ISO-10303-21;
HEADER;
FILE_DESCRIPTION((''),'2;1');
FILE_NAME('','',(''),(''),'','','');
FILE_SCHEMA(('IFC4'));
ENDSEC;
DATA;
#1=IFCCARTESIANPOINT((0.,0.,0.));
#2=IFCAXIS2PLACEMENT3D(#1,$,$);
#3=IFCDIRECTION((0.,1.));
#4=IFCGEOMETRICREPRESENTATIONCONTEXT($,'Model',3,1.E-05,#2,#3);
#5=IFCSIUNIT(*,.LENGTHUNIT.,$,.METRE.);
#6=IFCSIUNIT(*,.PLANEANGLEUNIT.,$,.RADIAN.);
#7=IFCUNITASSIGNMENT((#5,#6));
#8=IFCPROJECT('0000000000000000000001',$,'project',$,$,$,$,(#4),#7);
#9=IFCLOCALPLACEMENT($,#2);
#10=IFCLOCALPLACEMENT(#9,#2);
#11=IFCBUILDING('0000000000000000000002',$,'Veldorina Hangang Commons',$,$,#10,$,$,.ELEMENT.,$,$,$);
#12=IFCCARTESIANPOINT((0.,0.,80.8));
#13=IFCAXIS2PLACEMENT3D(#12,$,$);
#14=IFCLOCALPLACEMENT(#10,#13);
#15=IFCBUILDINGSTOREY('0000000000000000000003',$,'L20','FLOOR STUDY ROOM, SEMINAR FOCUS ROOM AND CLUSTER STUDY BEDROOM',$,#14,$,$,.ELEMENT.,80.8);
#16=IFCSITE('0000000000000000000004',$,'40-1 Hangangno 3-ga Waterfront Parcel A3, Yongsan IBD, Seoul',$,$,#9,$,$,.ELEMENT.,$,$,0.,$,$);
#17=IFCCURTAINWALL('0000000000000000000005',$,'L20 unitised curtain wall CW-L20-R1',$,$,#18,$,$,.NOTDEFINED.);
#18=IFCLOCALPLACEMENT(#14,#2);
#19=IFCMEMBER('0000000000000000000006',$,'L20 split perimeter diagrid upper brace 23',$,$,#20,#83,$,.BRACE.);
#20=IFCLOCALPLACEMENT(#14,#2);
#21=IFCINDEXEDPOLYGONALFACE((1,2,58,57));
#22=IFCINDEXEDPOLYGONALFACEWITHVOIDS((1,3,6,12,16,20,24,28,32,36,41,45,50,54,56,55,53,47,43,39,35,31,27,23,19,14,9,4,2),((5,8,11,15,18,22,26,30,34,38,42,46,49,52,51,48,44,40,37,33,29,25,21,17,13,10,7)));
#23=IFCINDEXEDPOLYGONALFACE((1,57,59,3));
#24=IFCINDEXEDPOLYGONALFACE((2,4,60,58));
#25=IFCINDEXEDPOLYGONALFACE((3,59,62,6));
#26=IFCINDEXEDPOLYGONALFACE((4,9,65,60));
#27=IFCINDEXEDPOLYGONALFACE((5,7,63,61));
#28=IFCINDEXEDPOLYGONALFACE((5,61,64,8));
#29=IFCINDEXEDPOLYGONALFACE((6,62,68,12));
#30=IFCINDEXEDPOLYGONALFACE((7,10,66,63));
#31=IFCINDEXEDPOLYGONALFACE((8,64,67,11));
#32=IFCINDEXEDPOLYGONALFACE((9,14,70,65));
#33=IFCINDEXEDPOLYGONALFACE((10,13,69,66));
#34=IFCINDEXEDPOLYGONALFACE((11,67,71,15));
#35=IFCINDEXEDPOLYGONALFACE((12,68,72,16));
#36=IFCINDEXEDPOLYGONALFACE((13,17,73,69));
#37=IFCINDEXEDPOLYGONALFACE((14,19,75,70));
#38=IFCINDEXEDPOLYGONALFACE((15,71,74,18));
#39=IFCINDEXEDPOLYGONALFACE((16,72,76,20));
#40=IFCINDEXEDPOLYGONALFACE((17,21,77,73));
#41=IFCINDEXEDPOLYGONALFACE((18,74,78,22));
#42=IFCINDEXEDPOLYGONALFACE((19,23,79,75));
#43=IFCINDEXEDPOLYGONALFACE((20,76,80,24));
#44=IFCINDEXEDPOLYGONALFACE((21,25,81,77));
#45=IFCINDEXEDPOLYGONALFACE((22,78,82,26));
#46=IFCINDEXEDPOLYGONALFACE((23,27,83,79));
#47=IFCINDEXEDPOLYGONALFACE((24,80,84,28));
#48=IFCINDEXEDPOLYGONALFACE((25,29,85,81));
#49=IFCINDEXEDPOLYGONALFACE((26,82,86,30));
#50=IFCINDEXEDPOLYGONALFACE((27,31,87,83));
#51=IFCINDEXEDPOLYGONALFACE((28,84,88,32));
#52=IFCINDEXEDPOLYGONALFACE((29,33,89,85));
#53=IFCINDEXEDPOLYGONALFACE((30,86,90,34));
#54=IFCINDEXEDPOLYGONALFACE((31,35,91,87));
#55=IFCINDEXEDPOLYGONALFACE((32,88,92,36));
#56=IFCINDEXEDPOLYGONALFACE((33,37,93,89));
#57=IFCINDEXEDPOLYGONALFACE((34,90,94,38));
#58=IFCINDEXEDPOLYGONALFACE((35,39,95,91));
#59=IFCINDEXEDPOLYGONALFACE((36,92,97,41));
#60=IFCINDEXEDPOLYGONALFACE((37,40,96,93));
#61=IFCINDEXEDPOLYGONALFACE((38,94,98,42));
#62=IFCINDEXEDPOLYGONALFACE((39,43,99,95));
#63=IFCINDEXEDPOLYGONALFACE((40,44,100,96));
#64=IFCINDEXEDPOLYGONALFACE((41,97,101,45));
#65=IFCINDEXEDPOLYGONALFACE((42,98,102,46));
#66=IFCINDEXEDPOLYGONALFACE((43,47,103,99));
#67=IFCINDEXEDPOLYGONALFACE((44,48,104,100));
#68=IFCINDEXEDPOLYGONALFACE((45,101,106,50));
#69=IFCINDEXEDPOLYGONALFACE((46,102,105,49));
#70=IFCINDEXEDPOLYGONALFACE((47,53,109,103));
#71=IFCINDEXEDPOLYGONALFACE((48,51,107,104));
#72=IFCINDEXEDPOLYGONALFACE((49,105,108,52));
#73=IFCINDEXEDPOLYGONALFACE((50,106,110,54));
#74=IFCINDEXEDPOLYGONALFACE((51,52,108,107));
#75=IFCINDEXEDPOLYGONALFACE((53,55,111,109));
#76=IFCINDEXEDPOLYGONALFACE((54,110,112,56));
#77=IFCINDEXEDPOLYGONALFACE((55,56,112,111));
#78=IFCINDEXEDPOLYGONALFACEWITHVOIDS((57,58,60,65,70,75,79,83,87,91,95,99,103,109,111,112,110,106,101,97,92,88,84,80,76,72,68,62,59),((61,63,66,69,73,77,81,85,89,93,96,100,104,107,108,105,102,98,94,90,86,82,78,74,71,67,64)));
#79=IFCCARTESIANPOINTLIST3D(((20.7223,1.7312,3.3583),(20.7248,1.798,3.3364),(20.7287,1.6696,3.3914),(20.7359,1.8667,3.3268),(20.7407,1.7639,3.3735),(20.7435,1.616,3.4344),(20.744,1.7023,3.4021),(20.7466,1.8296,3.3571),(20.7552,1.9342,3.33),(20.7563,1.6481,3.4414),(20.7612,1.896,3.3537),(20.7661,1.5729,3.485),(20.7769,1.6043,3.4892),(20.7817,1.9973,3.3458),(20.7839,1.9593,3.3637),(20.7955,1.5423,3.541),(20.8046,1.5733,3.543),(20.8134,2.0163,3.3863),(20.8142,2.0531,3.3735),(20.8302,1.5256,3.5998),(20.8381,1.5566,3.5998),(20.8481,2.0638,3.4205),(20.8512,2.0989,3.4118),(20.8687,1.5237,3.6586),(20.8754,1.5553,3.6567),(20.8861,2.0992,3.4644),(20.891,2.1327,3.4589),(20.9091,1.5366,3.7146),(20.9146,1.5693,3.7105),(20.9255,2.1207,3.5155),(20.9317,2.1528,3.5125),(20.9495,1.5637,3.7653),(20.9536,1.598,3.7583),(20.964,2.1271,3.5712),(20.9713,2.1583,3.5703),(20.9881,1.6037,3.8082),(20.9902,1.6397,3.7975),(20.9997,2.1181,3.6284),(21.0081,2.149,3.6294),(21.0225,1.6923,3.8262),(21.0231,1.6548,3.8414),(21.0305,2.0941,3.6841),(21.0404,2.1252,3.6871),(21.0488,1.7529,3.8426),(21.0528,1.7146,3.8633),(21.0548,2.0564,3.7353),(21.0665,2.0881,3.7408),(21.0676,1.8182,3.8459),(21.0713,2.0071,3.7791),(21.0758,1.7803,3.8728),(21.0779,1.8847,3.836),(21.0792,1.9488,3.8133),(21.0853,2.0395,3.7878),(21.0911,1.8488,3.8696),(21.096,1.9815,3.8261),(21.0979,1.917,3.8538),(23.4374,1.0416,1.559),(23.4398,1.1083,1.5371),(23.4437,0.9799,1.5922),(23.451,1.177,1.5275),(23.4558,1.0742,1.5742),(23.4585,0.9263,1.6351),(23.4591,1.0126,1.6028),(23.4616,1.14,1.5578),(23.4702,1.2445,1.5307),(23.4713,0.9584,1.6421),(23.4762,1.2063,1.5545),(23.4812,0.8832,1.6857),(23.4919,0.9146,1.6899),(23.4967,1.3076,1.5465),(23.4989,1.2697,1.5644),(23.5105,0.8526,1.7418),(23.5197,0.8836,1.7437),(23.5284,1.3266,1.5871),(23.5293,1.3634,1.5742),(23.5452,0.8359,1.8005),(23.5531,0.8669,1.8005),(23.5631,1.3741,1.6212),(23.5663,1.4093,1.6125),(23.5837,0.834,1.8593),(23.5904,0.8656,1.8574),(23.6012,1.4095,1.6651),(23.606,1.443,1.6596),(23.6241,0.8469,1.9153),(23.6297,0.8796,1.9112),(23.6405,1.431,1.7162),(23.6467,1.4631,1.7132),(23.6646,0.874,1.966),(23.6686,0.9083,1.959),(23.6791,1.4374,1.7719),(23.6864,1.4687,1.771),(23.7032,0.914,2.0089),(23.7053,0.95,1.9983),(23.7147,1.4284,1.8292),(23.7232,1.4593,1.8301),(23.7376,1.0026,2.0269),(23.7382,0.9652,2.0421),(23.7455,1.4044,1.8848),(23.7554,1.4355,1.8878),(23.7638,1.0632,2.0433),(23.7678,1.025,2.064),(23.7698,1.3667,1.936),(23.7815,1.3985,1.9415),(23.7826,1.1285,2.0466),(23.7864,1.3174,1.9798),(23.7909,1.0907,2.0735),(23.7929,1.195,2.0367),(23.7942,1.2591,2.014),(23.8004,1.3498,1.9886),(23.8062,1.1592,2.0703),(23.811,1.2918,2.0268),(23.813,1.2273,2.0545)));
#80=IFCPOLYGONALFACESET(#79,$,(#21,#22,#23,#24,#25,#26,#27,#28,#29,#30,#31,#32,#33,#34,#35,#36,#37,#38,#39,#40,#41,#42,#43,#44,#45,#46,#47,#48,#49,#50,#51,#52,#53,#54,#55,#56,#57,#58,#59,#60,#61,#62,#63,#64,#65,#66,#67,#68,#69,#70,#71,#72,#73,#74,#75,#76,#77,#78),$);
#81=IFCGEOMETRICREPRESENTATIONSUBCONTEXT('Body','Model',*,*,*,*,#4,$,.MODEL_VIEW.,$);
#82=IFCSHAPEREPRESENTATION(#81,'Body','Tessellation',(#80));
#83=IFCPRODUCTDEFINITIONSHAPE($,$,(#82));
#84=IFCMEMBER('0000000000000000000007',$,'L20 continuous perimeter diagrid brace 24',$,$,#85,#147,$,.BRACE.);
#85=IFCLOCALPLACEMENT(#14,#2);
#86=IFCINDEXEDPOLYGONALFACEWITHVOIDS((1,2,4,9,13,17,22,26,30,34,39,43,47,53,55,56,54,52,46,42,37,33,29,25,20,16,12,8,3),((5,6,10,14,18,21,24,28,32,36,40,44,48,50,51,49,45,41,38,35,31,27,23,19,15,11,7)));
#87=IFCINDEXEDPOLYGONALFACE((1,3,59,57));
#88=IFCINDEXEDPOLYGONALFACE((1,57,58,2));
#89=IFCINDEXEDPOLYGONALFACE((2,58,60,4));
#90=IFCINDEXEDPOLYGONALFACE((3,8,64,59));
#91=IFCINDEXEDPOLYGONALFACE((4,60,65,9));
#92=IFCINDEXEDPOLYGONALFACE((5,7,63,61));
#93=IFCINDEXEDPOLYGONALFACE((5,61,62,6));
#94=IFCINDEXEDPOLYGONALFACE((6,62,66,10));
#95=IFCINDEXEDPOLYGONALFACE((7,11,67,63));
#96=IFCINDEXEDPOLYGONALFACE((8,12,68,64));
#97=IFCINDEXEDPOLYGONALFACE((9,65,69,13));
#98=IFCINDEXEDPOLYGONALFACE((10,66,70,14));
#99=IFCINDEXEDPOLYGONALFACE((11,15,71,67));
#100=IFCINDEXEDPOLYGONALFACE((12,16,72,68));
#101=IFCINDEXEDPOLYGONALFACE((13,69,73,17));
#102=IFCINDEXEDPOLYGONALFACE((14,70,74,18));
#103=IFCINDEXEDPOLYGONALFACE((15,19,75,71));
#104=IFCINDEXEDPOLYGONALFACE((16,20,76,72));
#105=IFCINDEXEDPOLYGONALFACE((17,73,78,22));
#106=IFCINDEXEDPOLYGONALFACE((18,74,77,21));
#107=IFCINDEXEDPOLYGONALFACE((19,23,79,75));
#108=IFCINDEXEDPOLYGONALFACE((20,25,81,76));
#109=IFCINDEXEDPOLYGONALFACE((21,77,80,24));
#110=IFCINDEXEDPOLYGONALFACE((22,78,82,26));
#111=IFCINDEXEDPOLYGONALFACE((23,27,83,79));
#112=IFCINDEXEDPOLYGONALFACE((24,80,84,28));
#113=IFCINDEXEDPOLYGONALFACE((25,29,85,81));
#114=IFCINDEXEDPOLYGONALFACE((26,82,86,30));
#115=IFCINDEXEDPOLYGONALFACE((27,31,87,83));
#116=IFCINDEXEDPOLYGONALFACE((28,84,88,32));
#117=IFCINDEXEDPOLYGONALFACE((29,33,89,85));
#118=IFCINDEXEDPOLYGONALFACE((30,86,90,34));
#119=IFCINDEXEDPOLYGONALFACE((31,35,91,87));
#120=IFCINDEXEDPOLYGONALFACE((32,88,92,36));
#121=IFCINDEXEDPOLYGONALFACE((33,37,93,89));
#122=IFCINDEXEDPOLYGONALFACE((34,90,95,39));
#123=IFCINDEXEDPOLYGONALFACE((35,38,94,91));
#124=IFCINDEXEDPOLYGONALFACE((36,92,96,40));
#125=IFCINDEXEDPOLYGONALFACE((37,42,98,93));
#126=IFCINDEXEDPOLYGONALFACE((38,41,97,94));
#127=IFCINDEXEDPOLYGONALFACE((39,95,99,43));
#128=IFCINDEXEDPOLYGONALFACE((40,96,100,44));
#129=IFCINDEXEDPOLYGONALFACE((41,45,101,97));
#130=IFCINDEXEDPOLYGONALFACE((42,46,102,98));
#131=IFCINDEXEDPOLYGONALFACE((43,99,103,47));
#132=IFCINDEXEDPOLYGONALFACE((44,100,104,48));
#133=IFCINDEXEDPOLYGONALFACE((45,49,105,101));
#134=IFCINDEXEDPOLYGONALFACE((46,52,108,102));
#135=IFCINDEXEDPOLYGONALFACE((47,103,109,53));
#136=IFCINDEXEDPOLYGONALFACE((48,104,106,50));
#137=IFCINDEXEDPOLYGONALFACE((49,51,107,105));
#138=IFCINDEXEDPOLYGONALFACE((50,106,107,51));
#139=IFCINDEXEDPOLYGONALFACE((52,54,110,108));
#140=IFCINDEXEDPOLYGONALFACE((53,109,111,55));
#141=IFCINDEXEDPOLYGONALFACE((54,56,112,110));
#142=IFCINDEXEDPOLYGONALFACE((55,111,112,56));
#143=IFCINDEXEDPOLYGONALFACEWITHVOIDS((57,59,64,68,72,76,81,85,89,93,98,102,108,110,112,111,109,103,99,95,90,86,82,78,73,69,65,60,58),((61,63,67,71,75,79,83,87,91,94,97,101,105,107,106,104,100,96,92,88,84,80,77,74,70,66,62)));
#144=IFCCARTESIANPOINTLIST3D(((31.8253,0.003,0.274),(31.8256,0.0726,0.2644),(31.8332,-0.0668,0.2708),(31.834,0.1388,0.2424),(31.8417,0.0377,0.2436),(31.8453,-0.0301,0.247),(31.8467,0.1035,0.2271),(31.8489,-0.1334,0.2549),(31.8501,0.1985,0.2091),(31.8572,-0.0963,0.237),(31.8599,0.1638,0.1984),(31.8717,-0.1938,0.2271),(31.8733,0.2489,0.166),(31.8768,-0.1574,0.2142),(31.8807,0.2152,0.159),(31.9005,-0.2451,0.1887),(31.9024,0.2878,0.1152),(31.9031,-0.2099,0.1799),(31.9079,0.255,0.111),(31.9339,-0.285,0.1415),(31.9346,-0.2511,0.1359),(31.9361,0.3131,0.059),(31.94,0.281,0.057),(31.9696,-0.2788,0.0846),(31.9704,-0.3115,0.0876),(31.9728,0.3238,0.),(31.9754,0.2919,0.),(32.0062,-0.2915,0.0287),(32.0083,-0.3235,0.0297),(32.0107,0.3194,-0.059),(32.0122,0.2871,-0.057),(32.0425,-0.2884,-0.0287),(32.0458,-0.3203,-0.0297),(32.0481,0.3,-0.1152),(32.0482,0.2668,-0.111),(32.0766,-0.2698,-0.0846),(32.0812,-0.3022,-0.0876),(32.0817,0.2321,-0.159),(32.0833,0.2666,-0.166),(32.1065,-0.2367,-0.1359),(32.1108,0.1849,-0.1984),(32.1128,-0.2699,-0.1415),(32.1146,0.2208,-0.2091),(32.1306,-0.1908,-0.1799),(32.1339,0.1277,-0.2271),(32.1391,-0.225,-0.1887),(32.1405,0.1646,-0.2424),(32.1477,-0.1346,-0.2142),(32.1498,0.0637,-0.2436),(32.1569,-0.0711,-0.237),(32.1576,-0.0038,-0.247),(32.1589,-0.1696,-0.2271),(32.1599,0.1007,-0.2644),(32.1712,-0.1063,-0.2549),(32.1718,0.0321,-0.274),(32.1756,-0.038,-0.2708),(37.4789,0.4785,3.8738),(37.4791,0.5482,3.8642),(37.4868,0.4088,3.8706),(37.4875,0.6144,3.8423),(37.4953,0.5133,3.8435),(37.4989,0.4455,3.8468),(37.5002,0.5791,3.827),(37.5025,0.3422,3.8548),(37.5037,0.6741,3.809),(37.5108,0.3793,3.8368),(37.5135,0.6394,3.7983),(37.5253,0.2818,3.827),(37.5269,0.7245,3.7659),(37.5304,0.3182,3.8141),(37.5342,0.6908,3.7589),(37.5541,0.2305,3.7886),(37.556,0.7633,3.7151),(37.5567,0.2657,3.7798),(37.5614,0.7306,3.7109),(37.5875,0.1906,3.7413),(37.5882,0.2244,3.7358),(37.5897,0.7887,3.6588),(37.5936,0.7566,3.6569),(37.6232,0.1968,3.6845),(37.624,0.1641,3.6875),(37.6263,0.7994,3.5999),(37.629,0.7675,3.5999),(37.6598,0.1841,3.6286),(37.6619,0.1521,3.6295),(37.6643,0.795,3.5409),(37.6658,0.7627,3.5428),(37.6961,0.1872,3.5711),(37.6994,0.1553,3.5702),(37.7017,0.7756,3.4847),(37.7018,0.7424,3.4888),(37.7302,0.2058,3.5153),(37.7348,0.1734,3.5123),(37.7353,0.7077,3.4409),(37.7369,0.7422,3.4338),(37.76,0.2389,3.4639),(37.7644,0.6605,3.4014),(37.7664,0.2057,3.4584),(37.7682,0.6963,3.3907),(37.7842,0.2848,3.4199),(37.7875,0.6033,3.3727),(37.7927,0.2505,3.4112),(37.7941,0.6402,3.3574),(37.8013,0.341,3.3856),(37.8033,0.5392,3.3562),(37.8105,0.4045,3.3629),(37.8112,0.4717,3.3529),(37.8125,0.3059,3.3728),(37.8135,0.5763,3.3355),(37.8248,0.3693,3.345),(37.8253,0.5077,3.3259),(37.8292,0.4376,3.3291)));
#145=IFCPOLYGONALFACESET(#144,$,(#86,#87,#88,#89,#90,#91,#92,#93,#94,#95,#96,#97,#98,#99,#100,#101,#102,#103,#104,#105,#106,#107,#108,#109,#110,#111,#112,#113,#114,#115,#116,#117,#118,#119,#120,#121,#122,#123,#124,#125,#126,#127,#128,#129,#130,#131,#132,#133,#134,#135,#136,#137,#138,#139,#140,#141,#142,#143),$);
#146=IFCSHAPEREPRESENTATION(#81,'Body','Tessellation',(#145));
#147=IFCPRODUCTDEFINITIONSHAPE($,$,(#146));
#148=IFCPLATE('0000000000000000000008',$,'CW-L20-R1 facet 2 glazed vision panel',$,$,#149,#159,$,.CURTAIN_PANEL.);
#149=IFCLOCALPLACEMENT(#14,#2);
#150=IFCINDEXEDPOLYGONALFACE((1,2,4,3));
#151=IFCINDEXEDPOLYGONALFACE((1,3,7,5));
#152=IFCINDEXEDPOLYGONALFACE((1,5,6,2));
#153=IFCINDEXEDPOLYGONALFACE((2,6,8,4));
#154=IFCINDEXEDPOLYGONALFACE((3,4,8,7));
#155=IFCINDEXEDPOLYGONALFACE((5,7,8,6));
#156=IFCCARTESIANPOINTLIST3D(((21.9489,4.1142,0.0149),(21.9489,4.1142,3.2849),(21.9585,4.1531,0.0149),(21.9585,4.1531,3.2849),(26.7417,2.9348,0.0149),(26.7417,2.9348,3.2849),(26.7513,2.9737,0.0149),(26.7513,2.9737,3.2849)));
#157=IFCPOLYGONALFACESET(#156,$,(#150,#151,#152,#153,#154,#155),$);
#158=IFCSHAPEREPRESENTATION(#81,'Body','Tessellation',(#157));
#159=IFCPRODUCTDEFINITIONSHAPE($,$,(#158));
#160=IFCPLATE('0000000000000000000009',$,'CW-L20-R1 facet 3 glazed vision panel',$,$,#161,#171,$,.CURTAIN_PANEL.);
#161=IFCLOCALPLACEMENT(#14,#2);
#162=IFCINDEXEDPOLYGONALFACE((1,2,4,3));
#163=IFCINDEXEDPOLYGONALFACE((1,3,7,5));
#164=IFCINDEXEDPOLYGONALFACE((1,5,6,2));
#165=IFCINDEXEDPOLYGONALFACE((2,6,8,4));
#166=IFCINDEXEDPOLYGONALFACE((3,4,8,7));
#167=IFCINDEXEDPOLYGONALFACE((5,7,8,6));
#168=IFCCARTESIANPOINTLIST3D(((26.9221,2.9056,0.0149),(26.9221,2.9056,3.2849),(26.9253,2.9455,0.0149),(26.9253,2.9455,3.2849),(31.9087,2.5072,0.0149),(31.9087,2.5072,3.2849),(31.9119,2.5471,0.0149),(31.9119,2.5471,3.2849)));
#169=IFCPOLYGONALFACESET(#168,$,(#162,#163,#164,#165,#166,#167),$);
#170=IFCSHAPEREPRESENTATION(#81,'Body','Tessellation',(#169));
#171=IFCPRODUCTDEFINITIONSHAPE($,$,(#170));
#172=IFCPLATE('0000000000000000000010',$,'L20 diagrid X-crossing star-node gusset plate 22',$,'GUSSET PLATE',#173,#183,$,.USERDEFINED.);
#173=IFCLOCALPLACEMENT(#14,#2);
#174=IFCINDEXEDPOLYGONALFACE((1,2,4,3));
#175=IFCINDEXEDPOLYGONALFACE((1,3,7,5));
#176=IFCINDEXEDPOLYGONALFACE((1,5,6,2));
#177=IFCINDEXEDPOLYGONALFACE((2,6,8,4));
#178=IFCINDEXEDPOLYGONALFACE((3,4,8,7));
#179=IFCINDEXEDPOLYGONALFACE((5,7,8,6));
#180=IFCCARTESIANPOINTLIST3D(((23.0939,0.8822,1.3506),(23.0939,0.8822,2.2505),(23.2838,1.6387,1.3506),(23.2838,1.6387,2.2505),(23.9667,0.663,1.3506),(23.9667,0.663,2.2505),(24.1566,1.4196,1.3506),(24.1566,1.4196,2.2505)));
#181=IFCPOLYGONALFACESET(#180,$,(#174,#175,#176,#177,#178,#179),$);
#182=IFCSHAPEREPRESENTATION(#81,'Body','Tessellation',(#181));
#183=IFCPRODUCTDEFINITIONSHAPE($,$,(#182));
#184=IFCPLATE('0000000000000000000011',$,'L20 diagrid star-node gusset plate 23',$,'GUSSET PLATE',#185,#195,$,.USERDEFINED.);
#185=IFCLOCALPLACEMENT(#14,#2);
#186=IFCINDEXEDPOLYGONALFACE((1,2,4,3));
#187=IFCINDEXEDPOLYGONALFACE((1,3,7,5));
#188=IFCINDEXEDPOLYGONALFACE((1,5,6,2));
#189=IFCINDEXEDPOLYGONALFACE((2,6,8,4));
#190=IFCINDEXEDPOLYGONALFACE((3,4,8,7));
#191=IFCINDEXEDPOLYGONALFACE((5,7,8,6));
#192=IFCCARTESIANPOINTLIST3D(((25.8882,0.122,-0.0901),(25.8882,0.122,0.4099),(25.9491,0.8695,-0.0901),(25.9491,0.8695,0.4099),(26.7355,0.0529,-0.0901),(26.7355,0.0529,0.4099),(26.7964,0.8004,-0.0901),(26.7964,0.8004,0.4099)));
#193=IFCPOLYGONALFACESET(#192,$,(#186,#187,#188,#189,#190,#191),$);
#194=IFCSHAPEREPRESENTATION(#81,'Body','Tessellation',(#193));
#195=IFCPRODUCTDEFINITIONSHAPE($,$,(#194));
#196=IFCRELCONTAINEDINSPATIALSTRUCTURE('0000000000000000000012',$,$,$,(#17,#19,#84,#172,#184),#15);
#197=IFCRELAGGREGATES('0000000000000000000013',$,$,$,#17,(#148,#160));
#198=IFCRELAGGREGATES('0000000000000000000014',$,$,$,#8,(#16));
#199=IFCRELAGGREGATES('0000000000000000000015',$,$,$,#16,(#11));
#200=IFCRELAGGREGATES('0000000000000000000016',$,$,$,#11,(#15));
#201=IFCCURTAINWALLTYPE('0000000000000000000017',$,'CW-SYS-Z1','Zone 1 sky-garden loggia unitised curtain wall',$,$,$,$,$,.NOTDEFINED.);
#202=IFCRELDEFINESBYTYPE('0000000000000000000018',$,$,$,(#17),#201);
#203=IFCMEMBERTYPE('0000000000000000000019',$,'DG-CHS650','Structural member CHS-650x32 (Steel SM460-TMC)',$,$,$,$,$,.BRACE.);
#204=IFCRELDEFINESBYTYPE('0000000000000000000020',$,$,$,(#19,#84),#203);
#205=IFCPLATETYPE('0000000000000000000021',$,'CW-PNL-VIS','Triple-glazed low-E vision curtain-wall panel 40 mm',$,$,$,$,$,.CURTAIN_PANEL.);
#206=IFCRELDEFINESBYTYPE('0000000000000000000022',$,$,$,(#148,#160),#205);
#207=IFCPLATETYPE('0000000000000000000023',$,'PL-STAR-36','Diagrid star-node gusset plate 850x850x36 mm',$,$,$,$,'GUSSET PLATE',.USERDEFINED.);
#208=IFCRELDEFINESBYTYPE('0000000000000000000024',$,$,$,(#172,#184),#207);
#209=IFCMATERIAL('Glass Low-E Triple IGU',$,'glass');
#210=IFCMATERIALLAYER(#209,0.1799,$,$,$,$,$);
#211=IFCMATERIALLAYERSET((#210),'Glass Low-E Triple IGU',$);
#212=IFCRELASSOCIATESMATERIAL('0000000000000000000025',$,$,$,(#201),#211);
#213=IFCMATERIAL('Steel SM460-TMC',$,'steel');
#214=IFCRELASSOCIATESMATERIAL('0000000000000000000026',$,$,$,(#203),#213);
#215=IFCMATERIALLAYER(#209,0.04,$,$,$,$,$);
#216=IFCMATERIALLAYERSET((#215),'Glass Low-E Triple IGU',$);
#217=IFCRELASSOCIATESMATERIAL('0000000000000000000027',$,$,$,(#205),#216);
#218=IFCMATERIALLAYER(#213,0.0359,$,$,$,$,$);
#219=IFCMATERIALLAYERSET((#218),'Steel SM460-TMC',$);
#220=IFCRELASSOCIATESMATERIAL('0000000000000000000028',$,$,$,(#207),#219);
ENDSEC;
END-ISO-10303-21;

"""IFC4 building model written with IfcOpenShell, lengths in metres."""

from ifc_helpers import new_model, si_unit, direction, frame, origin, origin_2d, place, context, subcontext, project, spatial, rectangle, hollow_circle, extrude, material, layer, layer_set, material_profile, profile_set, type_object, element, aggregate, save


model = new_model("IFC4")

# Units and contexts
model_context = context("Model", 3, precision=1e-05, world=origin(), true_north=direction((0.0, 1.0)))
body_context = subcontext(model_context, "Body", "Model", "MODEL_VIEW")
ifc_project = project(units=[si_unit("LENGTHUNIT", "METRE"), si_unit("PLANEANGLEUNIT", "RADIAN")], contexts=[model_context])

# Site, building, storey
site_placement = place(None, origin())
site = spatial("IfcSite", under=ifc_project, at=site_placement, Name="40-1 Hangangno 3-ga Waterfront Parcel A3, Yongsan IBD, Seoul", CompositionType="ELEMENT", RefElevation=0.0)
building_placement = place(site_placement, origin())
building = spatial("IfcBuilding", under=site, at=building_placement, Name="Veldorina Hangang Commons", CompositionType="ELEMENT")
storey_placement = place(building_placement, frame((0.0, 0.0, 80.8)))
storey = spatial("IfcBuildingStorey", under=building, at=storey_placement, Name="L20", Description="FLOOR STUDY ROOM, SEMINAR FOCUS ROOM AND CLUSTER STUDY BEDROOM", CompositionType="ELEMENT", Elevation=80.8)

# Curtain wall
ifc_material_1 = material(Name="Glass Low-E Triple IGU", Category="glass")
ifc_layer_1 = layer(ifc_material_1, 0.1799)
ifc_layer_set_1 = layer_set([ifc_layer_1], Name="Glass Low-E Triple IGU")
curtain_wall_type = type_object("IfcCurtainWallType", Name="CW-SYS-Z1", Description="Zone 1 sky-garden loggia unitised curtain wall", PredefinedType="NOTDEFINED", material=ifc_layer_set_1)
curtain_wall_placement = place(storey_placement, origin())
curtain_wall = element("IfcCurtainWall", 1, at=curtain_wall_placement, inside=storey, type_object=curtain_wall_type, Name="L20 unitised curtain wall CW-L20-R1", PredefinedType="NOTDEFINED")

# Members
ifc_material_2 = material(Name="Steel SM460-TMC", Category="steel")
ifc_material_profile_1 = material_profile(ifc_material_2, hollow_circle(Radius=0.325, WallThickness=0.032, at=origin_2d()), Name="CHS-650x32")
ifc_profile_set_1 = profile_set([ifc_material_profile_1], Name="Steel SM460-TMC")
member_type_1 = type_object("IfcMemberType", Name="DG-CHS650", Description="Structural member CHS-650x32 (Steel SM460-TMC)", PredefinedType="BRACE", material=ifc_profile_set_1)
member_1_placement = place(storey_placement, frame((23.6252, 1.1509, 1.8005), z_axis=(-0.815488, 0.207153, 0.540432), x_axis=(-0.246205, -0.969218, 0.0)))
element("IfcMember", 2, at=member_1_placement, inside=storey, type_object=member_type_1, Name="L20 split perimeter diagrid upper brace 23", PredefinedType="BRACE", context=body_context, shape_type="SweptSolid", body=[
    extrude(hollow_circle(Radius=0.325, WallThickness=0.032, at=origin_2d()), origin(), (0.0, 0.0, 1.0), 3.3293),
])
member_2_placement = place(storey_placement, frame((32.0, 0.0, 0.0), z_axis=(0.841402, 0.07078, 0.535755), x_axis=(-0.083825, 0.99648, 0.0)))
element("IfcMember", 3, at=member_2_placement, inside=storey, type_object=member_type_1, Name="L20 continuous perimeter diagrid brace 24", PredefinedType="BRACE", context=body_context, shape_type="SweptSolid", body=[
    extrude(hollow_circle(Radius=0.325, WallThickness=0.032, at=origin_2d()), origin(), (0.0, 0.0, 1.0), 6.7192),
])

# Plates
ifc_layer_2 = layer(ifc_material_1, 0.04)
ifc_layer_set_2 = layer_set([ifc_layer_2], Name="Glass Low-E Triple IGU")
plate_type_1 = type_object("IfcPlateType", Name="CW-PNL-VIS", Description="Triple-glazed low-E vision curtain-wall panel 40 mm", PredefinedType="CURTAIN_PANEL", material=ifc_layer_set_2)
plate_1_placement = place(storey_placement, frame((24.3501, 3.5439, 0.0149), z_axis=(0.0, 0.0, 1.0), x_axis=(0.97103, -0.238957, 0.0)))
plate_1 = element("IfcPlate", 4, at=plate_1_placement, type_object=plate_type_1, Name="CW-L20-R1 facet 2 glazed vision panel", PredefinedType="CURTAIN_PANEL", context=body_context, shape_type="SweptSolid", body=[
    extrude(rectangle(XDim=4.9358, YDim=0.04, at=origin_2d()), origin(), (0.0, 0.0, 1.0), 3.27),
])
plate_2_placement = place(storey_placement, frame((29.417, 2.7263, 0.0149), z_axis=(0.0, 0.0, 1.0), x_axis=(0.996824, -0.079642, 0.0)))
plate_2 = element("IfcPlate", 5, at=plate_2_placement, type_object=plate_type_1, Name="CW-L20-R1 facet 3 glazed vision panel", PredefinedType="CURTAIN_PANEL", context=body_context, shape_type="SweptSolid", body=[
    extrude(rectangle(XDim=5.0024, YDim=0.04, at=origin_2d()), origin(), (0.0, 0.0, 1.0), 3.27),
])
aggregate(curtain_wall, [plate_1, plate_2])

# Plates
ifc_layer_3 = layer(ifc_material_2, 0.0359)
ifc_layer_set_3 = layer_set([ifc_layer_3], Name="Steel SM460-TMC")
plate_type_2 = type_object("IfcPlateType", Name="PL-STAR-36", Description="Diagrid star-node gusset plate 850x850x36 mm", ElementType="GUSSET PLATE", PredefinedType="USERDEFINED", material=ifc_layer_set_3)
plate_3_placement = place(storey_placement, frame((23.6252, 1.1509, 1.3506), z_axis=(0.0, 0.0, 1.0), x_axis=(0.969906, -0.24348, 0.0)))
element("IfcPlate", 6, at=plate_3_placement, inside=storey, type_object=plate_type_2, Name="L20 diagrid X-crossing star-node gusset plate 22", ObjectType="GUSSET PLATE", PredefinedType="USERDEFINED", context=body_context, shape_type="SweptSolid", body=[
    extrude(rectangle(XDim=0.8999, YDim=0.78, at=origin_2d()), origin(), (0.0, 0.0, 1.0), 0.8999),
])
for number, where, z_axis, x_axis, name in (
    (7, (26.3423, 0.4612, -0.0901), (0.0, 0.0, 1.0), (0.996694, -0.081243, 0.0), "L20 diagrid star-node gusset plate 23"),
):
    element("IfcPlate", number, at=place(storey_placement, frame(where, z_axis=z_axis, x_axis=x_axis)), inside=storey, type_object=plate_type_2, Name=name, ObjectType="GUSSET PLATE", PredefinedType="USERDEFINED", context=body_context, shape_type="SweptSolid", body=[
        extrude(rectangle(XDim=0.8501, YDim=0.75, at=origin_2d()), origin(), (0.0, 0.0, 1.0), 0.5),
    ])

save(model, "model.ifc")
